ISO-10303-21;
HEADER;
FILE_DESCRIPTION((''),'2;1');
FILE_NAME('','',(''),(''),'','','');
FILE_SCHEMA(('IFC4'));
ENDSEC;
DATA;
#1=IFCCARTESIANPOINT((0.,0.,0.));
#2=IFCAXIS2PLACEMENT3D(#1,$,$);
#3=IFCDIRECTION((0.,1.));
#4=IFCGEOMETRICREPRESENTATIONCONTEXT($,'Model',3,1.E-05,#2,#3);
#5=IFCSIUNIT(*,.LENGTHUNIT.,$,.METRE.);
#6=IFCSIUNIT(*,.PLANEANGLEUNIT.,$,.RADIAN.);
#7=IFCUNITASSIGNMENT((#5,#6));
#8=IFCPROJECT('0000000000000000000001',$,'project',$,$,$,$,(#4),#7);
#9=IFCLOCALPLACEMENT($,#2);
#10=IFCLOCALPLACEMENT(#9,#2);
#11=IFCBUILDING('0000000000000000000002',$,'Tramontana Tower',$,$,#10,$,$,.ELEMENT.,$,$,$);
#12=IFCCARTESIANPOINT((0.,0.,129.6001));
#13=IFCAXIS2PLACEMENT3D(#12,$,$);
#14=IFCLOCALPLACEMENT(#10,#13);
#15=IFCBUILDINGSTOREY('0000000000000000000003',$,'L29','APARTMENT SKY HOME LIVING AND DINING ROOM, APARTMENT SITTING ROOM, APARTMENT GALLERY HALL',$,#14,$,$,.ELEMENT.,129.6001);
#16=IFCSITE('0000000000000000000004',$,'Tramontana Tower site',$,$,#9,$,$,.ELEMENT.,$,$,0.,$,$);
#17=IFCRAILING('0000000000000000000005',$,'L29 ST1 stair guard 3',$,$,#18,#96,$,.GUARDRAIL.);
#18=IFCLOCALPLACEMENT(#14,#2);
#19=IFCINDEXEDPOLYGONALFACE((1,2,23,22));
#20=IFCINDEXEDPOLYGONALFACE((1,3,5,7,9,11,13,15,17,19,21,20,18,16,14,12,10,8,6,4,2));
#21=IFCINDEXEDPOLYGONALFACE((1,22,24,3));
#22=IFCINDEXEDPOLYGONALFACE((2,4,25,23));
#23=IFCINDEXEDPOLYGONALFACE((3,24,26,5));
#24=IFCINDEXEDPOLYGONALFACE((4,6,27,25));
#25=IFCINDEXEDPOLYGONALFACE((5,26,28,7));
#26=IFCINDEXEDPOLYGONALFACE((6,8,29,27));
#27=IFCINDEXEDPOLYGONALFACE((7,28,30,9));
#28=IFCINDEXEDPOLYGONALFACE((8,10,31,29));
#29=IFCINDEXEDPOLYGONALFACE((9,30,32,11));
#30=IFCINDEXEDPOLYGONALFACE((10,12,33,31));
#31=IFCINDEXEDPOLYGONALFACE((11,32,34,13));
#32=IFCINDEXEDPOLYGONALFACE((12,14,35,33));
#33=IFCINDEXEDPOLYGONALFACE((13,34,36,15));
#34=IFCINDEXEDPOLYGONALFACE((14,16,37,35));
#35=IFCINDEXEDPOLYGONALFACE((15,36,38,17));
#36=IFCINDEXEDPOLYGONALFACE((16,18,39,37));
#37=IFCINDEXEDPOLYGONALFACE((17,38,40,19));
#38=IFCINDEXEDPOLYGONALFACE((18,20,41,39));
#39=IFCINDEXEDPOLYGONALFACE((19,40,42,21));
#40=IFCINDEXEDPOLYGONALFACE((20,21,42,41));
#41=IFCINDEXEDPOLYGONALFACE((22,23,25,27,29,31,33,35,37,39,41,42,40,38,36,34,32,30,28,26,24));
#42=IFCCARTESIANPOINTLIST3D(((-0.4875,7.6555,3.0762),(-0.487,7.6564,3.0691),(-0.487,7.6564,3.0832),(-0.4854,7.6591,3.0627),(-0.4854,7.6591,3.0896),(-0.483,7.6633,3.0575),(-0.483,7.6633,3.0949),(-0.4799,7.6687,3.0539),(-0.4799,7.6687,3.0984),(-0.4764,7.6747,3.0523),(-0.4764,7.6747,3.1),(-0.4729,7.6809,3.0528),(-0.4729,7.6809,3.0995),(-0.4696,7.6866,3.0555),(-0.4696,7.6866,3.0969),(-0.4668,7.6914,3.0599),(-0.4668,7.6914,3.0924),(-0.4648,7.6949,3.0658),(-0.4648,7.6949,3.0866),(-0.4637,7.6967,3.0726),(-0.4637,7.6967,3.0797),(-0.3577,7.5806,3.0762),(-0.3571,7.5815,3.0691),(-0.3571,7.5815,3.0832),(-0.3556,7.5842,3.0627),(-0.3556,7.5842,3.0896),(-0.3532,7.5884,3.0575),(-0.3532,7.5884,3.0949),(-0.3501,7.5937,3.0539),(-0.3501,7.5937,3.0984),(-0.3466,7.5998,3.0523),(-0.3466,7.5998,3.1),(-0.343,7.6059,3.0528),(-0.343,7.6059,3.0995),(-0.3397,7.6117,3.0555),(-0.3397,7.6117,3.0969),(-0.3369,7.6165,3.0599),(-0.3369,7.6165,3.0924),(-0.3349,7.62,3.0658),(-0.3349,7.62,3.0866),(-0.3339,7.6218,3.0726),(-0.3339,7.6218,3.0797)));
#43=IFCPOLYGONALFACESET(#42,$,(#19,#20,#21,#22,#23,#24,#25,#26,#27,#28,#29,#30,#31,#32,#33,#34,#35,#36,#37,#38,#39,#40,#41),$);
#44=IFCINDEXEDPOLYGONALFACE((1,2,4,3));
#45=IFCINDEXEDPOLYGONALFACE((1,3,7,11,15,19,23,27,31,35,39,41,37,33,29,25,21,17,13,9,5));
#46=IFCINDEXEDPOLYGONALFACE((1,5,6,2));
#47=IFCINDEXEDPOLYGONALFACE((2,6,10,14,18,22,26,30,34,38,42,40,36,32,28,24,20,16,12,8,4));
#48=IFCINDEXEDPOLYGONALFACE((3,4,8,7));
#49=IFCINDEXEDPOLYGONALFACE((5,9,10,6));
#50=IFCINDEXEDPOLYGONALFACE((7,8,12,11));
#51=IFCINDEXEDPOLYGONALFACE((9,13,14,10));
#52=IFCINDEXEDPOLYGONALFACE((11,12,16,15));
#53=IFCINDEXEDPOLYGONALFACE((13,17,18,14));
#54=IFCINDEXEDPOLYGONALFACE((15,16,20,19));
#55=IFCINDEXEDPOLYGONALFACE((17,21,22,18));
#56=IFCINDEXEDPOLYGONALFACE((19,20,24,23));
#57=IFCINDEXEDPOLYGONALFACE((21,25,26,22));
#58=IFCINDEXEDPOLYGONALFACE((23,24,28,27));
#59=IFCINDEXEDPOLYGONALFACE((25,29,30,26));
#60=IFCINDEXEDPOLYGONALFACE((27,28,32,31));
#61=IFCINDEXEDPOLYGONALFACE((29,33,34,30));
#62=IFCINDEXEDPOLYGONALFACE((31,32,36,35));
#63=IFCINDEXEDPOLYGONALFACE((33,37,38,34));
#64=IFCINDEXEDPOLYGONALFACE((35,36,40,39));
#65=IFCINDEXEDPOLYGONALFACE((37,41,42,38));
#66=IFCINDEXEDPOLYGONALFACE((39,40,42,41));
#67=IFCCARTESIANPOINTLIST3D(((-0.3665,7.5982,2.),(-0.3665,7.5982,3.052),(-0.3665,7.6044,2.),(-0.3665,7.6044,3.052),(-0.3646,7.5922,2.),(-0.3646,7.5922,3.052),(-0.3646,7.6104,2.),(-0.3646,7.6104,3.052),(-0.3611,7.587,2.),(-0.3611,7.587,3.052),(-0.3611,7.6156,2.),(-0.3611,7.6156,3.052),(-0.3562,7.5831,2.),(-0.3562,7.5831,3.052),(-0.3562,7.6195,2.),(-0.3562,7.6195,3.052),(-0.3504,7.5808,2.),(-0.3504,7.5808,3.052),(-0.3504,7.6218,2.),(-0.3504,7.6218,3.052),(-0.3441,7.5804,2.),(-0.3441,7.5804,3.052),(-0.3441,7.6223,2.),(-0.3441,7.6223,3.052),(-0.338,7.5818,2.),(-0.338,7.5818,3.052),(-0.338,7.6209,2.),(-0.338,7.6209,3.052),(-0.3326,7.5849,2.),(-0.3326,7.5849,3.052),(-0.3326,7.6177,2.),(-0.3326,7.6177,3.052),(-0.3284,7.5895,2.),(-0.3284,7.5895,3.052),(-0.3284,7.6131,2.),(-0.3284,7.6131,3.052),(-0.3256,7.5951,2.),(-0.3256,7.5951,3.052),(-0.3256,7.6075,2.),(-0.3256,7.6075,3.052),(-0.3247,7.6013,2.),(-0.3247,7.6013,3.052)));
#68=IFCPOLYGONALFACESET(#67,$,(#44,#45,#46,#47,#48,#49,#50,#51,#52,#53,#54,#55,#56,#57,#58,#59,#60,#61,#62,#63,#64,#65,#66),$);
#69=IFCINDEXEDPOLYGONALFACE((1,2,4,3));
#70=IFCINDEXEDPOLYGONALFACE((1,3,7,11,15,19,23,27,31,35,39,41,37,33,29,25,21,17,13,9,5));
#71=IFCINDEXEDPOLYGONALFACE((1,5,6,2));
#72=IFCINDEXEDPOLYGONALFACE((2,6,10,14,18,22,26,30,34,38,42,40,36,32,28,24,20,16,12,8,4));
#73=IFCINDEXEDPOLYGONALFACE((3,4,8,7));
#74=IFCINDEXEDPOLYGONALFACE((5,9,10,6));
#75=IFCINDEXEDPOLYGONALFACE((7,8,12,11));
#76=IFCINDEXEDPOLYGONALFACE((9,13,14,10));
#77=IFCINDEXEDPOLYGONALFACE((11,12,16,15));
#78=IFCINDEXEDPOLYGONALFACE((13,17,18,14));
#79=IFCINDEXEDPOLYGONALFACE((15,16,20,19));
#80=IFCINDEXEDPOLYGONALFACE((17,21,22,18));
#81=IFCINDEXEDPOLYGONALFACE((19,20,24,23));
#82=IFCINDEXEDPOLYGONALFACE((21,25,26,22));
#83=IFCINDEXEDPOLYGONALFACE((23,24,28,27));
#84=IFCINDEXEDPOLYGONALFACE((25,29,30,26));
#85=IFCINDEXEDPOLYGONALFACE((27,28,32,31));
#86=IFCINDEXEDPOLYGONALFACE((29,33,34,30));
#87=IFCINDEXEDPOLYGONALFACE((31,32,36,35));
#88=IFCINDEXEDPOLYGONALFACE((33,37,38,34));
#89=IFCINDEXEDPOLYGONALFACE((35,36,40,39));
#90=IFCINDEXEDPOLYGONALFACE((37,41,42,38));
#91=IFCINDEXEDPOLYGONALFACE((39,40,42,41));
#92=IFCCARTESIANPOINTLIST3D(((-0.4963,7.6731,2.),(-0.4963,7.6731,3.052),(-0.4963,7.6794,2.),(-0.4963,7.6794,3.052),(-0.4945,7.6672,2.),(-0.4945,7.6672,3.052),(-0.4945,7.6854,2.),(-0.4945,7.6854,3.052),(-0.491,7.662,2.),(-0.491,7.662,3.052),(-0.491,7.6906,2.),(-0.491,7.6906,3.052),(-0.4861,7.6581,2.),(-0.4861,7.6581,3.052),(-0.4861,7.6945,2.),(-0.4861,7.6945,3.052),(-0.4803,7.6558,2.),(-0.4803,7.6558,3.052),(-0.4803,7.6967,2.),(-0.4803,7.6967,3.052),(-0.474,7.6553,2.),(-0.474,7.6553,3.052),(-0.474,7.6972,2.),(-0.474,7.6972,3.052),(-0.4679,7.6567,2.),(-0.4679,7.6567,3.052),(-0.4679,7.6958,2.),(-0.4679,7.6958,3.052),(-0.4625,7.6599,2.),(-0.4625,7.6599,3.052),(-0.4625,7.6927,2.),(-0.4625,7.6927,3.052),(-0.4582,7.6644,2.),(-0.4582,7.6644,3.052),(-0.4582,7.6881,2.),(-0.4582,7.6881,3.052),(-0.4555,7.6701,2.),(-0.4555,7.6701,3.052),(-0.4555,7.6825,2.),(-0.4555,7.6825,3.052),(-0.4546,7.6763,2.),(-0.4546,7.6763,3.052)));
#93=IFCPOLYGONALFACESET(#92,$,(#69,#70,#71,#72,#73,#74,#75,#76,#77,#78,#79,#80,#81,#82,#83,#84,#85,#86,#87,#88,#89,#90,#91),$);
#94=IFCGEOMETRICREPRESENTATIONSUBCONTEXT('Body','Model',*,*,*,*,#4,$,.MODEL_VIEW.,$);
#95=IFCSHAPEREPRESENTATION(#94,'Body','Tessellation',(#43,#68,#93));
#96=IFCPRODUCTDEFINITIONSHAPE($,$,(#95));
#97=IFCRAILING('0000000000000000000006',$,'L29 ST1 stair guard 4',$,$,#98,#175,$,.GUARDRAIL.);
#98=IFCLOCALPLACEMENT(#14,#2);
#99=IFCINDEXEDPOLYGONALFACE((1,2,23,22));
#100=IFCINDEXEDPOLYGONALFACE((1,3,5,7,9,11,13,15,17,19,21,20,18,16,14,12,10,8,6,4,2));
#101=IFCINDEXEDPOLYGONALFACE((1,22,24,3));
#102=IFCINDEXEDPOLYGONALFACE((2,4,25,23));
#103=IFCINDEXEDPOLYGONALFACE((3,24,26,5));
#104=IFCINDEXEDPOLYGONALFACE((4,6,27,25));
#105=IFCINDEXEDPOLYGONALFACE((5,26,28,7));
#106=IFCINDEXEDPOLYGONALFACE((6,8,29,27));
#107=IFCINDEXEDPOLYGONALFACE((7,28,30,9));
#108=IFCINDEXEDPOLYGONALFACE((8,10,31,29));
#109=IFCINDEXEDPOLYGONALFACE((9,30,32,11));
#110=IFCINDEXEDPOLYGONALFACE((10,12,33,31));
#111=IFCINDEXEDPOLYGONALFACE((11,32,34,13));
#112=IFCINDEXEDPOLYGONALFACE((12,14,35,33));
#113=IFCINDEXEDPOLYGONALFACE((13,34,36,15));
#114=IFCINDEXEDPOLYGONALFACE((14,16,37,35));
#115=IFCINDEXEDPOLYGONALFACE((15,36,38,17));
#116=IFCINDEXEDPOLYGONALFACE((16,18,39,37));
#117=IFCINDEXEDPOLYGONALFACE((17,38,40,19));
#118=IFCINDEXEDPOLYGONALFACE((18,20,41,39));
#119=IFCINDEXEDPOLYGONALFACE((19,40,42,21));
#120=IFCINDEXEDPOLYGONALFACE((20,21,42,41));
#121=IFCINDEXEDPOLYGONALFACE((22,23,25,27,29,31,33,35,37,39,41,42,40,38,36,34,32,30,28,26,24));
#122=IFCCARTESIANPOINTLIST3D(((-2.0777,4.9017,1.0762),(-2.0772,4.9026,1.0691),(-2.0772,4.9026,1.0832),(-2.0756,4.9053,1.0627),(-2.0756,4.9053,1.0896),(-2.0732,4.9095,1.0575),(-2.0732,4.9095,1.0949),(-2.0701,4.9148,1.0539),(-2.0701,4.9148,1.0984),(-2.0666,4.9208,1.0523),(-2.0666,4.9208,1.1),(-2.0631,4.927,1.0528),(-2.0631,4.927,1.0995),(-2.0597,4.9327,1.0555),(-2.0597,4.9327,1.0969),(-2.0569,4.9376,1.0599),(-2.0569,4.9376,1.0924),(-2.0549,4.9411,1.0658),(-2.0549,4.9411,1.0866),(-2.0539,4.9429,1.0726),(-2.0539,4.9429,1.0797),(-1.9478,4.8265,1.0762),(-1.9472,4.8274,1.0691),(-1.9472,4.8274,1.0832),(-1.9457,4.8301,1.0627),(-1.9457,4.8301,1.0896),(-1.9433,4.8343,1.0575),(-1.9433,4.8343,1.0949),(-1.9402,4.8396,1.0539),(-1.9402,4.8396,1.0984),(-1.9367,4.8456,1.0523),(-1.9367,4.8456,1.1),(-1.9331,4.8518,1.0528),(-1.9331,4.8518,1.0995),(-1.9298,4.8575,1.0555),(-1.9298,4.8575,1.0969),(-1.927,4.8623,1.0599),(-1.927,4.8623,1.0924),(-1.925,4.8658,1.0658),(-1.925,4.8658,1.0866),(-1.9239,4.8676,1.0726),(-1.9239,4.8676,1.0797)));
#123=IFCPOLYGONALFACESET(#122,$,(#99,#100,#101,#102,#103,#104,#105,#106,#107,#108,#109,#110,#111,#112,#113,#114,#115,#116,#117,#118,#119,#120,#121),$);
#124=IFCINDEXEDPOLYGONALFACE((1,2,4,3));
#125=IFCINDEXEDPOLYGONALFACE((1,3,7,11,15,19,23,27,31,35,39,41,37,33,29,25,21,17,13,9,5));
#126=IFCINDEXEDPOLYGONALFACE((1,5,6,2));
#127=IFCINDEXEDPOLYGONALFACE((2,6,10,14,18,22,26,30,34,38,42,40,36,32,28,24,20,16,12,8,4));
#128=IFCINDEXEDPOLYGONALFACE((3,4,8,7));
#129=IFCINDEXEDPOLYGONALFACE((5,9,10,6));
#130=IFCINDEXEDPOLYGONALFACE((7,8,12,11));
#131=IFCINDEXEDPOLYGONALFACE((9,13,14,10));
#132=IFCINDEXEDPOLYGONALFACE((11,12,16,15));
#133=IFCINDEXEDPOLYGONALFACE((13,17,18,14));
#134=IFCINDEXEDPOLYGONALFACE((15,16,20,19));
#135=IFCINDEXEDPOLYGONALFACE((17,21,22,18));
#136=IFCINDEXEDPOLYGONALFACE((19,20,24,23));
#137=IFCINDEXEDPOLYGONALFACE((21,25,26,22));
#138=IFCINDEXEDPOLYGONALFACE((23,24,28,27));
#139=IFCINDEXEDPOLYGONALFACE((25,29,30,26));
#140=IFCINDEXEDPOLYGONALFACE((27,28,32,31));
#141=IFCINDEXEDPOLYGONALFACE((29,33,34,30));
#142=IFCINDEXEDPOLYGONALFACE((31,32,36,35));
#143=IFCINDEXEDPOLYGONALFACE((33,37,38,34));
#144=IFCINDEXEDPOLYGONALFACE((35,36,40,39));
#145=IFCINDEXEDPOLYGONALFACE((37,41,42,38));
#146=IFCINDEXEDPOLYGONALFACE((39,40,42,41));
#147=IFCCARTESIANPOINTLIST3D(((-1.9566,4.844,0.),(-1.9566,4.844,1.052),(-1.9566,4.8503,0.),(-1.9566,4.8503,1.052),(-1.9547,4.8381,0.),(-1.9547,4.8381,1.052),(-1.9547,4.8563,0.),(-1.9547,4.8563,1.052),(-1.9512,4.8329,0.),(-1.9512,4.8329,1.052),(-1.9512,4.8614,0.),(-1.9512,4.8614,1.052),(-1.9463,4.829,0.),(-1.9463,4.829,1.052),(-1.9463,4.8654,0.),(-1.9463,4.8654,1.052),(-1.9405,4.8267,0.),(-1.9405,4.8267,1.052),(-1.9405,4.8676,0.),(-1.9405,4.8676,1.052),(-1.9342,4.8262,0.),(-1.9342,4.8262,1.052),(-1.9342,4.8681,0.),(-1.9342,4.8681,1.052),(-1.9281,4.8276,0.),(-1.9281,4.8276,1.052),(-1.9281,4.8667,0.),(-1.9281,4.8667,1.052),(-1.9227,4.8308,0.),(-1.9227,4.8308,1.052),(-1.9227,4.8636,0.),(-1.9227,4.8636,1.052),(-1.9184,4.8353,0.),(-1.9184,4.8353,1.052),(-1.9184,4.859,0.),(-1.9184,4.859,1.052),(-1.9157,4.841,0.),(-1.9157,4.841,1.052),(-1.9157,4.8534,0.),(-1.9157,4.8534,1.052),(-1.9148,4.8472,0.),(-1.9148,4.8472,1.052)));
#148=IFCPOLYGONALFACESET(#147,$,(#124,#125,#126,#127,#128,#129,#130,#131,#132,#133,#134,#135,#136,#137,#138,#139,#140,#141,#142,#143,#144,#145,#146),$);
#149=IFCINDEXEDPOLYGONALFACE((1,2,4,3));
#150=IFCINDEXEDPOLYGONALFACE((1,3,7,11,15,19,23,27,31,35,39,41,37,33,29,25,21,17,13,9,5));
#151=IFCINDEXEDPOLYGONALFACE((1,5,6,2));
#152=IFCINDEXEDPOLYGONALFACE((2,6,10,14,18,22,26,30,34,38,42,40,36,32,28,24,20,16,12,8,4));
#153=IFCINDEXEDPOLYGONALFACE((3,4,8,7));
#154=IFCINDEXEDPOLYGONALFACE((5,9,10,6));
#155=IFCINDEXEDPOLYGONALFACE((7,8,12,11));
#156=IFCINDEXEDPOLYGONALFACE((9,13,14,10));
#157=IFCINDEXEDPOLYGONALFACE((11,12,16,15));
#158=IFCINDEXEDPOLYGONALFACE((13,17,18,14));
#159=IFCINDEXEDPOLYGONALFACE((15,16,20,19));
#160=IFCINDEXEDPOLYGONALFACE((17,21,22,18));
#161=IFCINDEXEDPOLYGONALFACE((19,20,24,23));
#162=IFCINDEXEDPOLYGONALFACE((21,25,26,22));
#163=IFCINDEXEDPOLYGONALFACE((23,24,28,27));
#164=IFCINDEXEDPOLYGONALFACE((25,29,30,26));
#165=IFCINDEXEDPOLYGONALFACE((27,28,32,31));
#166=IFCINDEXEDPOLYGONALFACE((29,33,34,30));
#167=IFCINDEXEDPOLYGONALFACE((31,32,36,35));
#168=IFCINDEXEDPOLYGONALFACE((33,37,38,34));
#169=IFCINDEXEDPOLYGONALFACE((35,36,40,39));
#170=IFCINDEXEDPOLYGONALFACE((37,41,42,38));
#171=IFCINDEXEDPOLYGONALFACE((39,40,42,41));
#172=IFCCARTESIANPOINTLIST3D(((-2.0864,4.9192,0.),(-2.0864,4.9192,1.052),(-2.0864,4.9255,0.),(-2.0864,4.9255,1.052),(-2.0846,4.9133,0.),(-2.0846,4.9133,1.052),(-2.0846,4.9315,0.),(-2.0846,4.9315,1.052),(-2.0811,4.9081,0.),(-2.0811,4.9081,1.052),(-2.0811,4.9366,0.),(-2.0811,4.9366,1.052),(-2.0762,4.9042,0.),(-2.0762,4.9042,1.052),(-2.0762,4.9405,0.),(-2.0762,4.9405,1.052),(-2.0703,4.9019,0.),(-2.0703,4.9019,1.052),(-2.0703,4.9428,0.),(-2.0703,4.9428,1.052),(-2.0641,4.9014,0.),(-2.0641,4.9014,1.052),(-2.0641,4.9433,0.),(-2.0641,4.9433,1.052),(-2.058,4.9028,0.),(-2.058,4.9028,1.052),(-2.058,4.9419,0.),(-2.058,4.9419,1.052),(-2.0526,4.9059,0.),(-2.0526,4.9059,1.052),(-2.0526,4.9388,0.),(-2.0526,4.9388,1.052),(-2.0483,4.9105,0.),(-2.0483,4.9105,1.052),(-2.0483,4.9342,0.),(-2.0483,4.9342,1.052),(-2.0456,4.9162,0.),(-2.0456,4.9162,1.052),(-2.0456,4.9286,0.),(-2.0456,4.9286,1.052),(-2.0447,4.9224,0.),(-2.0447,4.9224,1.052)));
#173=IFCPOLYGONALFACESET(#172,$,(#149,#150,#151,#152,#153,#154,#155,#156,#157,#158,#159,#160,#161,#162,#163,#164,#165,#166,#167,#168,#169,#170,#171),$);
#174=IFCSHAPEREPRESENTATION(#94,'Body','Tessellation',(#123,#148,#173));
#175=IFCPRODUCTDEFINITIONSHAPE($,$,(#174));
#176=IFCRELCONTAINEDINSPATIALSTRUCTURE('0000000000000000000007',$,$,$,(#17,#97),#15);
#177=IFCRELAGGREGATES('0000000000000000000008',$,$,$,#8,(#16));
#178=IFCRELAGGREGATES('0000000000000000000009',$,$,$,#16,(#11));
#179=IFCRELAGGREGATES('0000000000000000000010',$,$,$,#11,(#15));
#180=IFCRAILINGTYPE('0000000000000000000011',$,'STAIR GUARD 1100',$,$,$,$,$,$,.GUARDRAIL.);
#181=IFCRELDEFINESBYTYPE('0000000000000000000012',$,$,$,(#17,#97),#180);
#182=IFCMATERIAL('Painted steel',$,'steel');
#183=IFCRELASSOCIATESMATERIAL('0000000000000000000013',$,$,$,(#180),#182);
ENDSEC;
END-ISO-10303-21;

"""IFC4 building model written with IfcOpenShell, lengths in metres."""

from ifc_helpers import new_model, si_unit, direction, frame, origin, origin_2d, place, context, subcontext, project, spatial, circle, extrude, material, type_object, element, save


model = new_model("IFC4")

# Units and contexts
model_context = context("Model", 3, precision=1e-05, world=origin(), true_north=direction((0.0, 1.0)))
body_context = subcontext(model_context, "Body", "Model", "MODEL_VIEW")
ifc_project = project(units=[si_unit("LENGTHUNIT", "METRE"), si_unit("PLANEANGLEUNIT", "RADIAN")], contexts=[model_context])

# Site, building, storey
site_placement = place(None, origin())
site = spatial("IfcSite", under=ifc_project, at=site_placement, Name="Tramontana Tower site", CompositionType="ELEMENT", RefElevation=0.0)
building_placement = place(site_placement, origin())
building = spatial("IfcBuilding", under=site, at=building_placement, Name="Tramontana Tower", CompositionType="ELEMENT")
storey_placement = place(building_placement, frame((0.0, 0.0, 129.6001)))
storey = spatial("IfcBuildingStorey", under=building, at=storey_placement, Name="L29", Description="APARTMENT SKY HOME LIVING AND DINING ROOM, APARTMENT SITTING ROOM, APARTMENT GALLERY HALL", CompositionType="ELEMENT", Elevation=129.6001)

# Railings
ifc_material_1 = material(Name="Painted steel", Category="steel")
railing_type_1 = type_object("IfcRailingType", Name="STAIR GUARD 1100", PredefinedType="GUARDRAIL", material=ifc_material_1)
railing_1_placement = place(storey_placement, frame((-0.3457, 7.6013, 2.0)))
element("IfcRailing", 1, at=railing_1_placement, inside=storey, type_object=railing_type_1, Name="L29 ST1 stair guard 3", PredefinedType="GUARDRAIL", context=body_context, shape_type="SweptSolid", body=[
    extrude(circle(Radius=0.0239, at=origin_2d()), frame((0.0, 0.0, 1.0762), z_axis=(-0.866131, 0.499816, 0.0), x_axis=(-0.499816, -0.866131, 0.0)), (0.0, 0.0, 1.0), 0.1499),
    extrude(circle(Radius=0.021, at=origin_2d()), origin(), (0.0, 0.0, 1.0), 1.052),
    extrude(circle(Radius=0.021, at=origin_2d()), frame((-0.1299, 0.075, 0.0)), (0.0, 0.0, 1.0), 1.052),
])
railing_2_placement = place(storey_placement, frame((-1.9358, 4.8472, 0.0)))
element("IfcRailing", 2, at=railing_2_placement, inside=storey, type_object=railing_type_1, Name="L29 ST1 stair guard 4", PredefinedType="GUARDRAIL", context=body_context, shape_type="SweptSolid", body=[
    extrude(circle(Radius=0.0239, at=origin_2d()), frame((0.0, 0.0, 1.0762), z_axis=(-0.865426, 0.501036, 0.0), x_axis=(-0.501036, -0.865426, 0.0)), (0.0, 0.0, 1.0), 0.1501),
    extrude(circle(Radius=0.021, at=origin_2d()), origin(), (0.0, 0.0, 1.0), 1.052),
    extrude(circle(Radius=0.021, at=origin_2d()), frame((-0.1299, 0.0752, 0.0)), (0.0, 0.0, 1.0), 1.052),
])

save(model, "model.ifc")
